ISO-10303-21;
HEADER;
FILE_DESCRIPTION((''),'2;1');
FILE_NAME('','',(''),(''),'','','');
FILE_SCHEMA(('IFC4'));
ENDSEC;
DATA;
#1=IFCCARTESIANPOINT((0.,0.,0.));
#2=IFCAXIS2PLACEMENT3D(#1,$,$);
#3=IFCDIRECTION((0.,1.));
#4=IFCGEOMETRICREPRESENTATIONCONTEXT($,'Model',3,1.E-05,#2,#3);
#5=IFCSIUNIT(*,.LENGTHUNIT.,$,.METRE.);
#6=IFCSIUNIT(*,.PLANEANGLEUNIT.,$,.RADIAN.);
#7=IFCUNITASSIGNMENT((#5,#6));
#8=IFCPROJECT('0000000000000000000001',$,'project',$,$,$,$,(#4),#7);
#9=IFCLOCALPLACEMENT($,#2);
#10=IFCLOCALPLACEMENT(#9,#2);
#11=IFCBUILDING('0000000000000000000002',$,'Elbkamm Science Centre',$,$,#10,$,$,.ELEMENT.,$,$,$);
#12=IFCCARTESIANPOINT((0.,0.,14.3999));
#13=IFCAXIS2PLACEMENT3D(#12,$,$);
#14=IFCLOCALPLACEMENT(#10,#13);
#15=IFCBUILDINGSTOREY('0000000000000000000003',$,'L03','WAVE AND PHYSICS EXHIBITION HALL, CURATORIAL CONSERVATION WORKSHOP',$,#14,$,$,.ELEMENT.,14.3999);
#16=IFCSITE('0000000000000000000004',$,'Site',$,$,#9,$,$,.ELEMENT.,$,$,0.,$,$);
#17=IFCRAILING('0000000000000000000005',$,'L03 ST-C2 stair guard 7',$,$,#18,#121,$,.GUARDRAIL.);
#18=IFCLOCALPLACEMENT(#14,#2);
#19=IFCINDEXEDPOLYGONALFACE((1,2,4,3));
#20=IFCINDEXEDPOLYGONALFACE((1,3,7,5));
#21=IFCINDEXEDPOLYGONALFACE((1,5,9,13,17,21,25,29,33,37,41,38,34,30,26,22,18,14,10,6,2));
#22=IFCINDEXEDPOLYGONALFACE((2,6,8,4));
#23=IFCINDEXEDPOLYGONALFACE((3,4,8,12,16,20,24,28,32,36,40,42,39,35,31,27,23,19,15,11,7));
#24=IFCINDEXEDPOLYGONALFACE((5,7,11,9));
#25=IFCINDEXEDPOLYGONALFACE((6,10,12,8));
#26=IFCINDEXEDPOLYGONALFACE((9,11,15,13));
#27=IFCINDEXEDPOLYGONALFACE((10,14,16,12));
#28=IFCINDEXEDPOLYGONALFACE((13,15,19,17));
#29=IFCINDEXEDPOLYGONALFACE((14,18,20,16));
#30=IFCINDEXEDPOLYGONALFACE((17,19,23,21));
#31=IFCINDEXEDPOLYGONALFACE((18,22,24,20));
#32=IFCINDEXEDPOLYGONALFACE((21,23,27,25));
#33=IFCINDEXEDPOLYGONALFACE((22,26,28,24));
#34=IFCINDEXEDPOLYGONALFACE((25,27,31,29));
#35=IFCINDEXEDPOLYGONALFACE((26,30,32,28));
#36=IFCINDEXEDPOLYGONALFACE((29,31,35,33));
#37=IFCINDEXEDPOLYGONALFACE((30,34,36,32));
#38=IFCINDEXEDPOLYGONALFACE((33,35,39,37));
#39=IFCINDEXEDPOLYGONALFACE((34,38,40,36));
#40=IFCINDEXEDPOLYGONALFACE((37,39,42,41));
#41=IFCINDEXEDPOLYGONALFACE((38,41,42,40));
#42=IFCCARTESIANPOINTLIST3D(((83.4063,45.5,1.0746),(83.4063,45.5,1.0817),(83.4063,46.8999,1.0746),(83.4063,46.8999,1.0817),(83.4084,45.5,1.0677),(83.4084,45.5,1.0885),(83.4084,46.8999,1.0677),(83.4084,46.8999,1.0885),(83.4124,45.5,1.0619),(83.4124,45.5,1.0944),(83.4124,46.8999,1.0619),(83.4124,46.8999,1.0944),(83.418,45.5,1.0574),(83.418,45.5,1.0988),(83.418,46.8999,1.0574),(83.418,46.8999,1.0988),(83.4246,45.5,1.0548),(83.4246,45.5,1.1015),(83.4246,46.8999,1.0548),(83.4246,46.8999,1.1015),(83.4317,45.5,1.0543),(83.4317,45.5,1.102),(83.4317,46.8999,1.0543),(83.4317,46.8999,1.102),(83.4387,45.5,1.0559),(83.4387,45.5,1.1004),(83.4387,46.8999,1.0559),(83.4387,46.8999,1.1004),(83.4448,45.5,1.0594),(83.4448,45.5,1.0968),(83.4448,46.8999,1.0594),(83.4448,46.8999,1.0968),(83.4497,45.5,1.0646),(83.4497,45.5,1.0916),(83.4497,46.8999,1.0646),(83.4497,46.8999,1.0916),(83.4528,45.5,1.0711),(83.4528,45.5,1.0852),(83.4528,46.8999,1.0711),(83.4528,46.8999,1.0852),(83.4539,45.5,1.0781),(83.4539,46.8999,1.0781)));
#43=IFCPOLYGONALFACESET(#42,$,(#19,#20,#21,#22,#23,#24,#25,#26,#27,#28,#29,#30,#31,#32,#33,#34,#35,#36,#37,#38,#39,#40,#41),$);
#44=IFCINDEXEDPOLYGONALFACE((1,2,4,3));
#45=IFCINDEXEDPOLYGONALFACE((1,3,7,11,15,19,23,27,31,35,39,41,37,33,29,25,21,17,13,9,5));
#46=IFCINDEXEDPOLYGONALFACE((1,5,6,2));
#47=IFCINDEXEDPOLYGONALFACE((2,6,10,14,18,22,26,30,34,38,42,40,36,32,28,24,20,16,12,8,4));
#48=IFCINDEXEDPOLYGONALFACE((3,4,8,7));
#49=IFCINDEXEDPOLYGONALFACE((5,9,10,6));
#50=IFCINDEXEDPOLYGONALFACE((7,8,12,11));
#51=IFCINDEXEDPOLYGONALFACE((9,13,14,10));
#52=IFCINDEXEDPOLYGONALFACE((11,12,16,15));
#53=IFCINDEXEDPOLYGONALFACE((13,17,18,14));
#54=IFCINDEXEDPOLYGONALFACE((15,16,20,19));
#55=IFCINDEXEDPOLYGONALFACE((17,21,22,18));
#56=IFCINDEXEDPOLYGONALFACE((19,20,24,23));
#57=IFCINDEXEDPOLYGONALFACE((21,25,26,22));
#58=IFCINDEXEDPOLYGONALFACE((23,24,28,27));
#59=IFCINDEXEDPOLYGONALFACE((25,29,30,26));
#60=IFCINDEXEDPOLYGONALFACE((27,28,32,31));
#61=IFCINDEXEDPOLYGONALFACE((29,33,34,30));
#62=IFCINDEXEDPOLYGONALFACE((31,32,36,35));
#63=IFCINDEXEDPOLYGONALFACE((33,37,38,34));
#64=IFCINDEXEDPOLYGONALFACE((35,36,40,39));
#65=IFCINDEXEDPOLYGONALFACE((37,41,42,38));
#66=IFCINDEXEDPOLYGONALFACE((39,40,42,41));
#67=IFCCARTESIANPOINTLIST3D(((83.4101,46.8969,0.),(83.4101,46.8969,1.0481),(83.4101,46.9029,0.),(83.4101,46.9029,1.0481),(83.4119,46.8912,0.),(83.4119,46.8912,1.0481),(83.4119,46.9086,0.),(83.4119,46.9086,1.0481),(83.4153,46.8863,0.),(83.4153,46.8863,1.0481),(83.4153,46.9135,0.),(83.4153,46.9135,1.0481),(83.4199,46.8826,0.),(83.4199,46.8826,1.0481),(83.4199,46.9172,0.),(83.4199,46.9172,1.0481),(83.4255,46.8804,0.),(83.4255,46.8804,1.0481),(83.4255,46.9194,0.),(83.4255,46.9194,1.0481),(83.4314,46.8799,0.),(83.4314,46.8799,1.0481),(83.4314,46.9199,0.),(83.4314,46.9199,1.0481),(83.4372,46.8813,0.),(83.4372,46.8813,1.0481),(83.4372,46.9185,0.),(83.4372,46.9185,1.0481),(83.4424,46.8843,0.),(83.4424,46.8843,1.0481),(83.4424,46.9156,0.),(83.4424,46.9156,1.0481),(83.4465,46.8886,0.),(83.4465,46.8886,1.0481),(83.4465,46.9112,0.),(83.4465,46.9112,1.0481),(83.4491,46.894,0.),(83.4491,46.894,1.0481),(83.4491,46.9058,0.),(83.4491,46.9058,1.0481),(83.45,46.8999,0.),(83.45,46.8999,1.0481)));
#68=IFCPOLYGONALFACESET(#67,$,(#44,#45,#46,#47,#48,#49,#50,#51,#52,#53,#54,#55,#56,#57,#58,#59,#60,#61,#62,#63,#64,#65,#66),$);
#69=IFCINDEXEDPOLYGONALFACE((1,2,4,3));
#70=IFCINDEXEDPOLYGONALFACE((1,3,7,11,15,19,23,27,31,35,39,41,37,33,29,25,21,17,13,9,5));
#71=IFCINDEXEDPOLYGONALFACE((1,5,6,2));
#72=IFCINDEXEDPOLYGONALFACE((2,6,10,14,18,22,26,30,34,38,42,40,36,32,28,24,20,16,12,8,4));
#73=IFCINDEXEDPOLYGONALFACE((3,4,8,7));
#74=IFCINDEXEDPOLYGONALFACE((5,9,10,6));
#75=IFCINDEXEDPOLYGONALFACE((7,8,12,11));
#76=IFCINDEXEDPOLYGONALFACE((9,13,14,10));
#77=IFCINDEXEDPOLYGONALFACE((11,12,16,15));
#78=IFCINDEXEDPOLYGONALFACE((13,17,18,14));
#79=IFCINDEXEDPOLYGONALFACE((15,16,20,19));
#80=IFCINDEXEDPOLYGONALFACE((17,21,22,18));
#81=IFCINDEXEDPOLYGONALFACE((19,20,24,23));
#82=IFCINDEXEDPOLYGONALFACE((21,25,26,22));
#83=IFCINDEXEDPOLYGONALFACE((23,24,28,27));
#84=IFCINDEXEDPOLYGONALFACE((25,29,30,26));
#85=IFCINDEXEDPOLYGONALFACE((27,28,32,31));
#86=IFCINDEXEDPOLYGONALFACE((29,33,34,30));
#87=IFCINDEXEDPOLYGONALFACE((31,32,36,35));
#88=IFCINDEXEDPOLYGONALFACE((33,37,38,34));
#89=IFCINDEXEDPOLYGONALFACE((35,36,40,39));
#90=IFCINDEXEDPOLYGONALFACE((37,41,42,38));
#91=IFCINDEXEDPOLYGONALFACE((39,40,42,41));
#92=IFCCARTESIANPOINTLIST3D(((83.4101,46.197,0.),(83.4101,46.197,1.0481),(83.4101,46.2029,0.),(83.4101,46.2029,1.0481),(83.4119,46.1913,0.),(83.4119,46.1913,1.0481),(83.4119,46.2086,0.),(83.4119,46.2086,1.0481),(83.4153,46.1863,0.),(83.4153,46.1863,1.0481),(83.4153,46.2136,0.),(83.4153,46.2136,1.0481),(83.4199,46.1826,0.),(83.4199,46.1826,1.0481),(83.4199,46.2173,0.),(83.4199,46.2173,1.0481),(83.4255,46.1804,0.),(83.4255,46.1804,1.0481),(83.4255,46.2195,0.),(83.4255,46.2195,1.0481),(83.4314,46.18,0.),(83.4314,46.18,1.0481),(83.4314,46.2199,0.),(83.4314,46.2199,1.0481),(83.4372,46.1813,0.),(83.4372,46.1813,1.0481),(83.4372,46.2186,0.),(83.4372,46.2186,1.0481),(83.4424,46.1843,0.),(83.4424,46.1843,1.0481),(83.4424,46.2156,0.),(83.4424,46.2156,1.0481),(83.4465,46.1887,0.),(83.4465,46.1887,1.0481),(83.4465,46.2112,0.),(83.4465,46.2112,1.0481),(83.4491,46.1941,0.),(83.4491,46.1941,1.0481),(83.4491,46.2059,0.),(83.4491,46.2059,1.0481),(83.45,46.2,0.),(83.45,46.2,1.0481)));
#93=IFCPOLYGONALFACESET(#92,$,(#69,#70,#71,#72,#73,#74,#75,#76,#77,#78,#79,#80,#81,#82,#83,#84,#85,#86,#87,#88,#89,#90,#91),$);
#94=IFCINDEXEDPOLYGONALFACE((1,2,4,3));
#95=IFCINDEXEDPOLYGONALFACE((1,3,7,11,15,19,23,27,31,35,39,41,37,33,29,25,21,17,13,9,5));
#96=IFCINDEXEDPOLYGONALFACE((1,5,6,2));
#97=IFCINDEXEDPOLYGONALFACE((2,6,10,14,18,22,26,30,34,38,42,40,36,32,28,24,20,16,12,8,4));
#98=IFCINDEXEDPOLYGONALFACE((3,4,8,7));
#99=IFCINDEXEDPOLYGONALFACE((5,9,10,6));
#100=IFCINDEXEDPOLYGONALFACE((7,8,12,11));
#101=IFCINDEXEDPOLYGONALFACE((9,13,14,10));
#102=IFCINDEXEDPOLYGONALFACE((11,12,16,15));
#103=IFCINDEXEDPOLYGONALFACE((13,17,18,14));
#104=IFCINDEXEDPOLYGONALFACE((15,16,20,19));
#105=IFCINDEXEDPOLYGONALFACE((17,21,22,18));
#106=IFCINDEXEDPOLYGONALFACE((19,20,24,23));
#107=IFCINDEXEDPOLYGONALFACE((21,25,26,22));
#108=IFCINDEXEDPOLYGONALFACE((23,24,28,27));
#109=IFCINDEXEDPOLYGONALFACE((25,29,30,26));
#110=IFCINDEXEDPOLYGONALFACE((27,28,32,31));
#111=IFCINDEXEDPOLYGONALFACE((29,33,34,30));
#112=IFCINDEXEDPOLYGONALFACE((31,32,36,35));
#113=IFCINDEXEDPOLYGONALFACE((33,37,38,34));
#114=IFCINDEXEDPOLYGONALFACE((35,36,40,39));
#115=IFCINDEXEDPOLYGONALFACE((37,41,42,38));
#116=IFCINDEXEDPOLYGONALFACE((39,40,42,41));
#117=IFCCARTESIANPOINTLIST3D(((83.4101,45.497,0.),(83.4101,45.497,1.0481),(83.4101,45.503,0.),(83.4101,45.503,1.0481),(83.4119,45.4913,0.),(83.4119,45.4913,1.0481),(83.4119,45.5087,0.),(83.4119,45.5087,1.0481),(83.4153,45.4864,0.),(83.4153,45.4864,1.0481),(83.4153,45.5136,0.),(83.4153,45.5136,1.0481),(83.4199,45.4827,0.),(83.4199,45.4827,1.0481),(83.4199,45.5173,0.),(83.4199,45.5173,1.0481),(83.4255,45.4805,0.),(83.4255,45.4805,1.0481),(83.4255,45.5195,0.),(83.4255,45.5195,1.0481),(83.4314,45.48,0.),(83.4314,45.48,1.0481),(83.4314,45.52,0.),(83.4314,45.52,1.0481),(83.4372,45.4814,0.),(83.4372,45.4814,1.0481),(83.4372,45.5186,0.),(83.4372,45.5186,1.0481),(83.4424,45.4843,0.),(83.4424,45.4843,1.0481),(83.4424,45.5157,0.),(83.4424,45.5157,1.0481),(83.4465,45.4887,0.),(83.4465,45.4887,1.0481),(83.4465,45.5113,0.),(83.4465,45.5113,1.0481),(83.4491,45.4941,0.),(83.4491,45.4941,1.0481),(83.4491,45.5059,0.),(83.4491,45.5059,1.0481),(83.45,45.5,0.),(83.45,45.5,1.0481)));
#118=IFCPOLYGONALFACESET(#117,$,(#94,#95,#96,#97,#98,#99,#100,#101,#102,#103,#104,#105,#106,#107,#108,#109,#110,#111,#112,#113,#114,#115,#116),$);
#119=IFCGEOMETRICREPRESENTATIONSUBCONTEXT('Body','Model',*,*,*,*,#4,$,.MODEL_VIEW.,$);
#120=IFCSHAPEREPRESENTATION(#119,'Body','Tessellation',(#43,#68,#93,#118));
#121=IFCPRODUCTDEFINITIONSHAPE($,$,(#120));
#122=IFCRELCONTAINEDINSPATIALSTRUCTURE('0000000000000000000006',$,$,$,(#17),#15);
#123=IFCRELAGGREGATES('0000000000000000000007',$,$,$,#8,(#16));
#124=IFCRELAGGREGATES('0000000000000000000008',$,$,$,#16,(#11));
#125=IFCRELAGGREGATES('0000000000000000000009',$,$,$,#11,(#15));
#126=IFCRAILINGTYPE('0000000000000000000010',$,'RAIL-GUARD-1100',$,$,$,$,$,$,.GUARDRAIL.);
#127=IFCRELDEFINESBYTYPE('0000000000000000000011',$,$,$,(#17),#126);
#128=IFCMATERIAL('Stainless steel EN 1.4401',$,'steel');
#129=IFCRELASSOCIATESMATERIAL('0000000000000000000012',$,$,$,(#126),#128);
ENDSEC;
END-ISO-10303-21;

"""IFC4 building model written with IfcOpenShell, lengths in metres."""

from ifc_helpers import new_model, si_unit, direction, frame, origin, origin_2d, place, context, subcontext, project, spatial, circle, extrude, material, type_object, element, save


model = new_model("IFC4")

# Units and contexts
model_context = context("Model", 3, precision=1e-05, world=origin(), true_north=direction((0.0, 1.0)))
body_context = subcontext(model_context, "Body", "Model", "MODEL_VIEW")
ifc_project = project(units=[si_unit("LENGTHUNIT", "METRE"), si_unit("PLANEANGLEUNIT", "RADIAN")], contexts=[model_context])

# Site, building, storey
site_placement = place(None, origin())
site = spatial("IfcSite", under=ifc_project, at=site_placement, Name="Site", CompositionType="ELEMENT", RefElevation=0.0)
building_placement = place(site_placement, origin())
building = spatial("IfcBuilding", under=site, at=building_placement, Name="Elbkamm Science Centre", CompositionType="ELEMENT")
storey_placement = place(building_placement, frame((0.0, 0.0, 14.3999)))
storey = spatial("IfcBuildingStorey", under=building, at=storey_placement, Name="L03", Description="WAVE AND PHYSICS EXHIBITION HALL, CURATORIAL CONSERVATION WORKSHOP", CompositionType="ELEMENT", Elevation=14.3999)

# Railing
ifc_material_1 = material(Name="Stainless steel EN 1.4401", Category="steel")
railing_type_1 = type_object("IfcRailingType", Name="RAIL-GUARD-1100", PredefinedType="GUARDRAIL", material=ifc_material_1)
railing_1_placement = place(storey_placement, frame((83.4299, 46.8999, 0.0)))
element("IfcRailing", 1, at=railing_1_placement, inside=storey, type_object=railing_type_1, Name="L03 ST-C2 stair guard 7", PredefinedType="GUARDRAIL", context=body_context, shape_type="SweptSolid", body=[
    extrude(circle(Radius=0.0239, at=origin_2d()), frame((0.0, 0.0, 1.0781), z_axis=(0.0, -1.0, 0.0), x_axis=(1.0, 0.0, 0.0)), (0.0, 0.0, 1.0), 1.3999),
    extrude(circle(Radius=0.02, at=origin_2d()), origin(), (0.0, 0.0, 1.0), 1.0481),
    extrude(circle(Radius=0.02, at=origin_2d()), frame((0.0, -0.7, 0.0)), (0.0, 0.0, 1.0), 1.0481),
    extrude(circle(Radius=0.02, at=origin_2d()), frame((0.0, -1.3999, 0.0)), (0.0, 0.0, 1.0), 1.0481),
])

save(model, "model.ifc")
